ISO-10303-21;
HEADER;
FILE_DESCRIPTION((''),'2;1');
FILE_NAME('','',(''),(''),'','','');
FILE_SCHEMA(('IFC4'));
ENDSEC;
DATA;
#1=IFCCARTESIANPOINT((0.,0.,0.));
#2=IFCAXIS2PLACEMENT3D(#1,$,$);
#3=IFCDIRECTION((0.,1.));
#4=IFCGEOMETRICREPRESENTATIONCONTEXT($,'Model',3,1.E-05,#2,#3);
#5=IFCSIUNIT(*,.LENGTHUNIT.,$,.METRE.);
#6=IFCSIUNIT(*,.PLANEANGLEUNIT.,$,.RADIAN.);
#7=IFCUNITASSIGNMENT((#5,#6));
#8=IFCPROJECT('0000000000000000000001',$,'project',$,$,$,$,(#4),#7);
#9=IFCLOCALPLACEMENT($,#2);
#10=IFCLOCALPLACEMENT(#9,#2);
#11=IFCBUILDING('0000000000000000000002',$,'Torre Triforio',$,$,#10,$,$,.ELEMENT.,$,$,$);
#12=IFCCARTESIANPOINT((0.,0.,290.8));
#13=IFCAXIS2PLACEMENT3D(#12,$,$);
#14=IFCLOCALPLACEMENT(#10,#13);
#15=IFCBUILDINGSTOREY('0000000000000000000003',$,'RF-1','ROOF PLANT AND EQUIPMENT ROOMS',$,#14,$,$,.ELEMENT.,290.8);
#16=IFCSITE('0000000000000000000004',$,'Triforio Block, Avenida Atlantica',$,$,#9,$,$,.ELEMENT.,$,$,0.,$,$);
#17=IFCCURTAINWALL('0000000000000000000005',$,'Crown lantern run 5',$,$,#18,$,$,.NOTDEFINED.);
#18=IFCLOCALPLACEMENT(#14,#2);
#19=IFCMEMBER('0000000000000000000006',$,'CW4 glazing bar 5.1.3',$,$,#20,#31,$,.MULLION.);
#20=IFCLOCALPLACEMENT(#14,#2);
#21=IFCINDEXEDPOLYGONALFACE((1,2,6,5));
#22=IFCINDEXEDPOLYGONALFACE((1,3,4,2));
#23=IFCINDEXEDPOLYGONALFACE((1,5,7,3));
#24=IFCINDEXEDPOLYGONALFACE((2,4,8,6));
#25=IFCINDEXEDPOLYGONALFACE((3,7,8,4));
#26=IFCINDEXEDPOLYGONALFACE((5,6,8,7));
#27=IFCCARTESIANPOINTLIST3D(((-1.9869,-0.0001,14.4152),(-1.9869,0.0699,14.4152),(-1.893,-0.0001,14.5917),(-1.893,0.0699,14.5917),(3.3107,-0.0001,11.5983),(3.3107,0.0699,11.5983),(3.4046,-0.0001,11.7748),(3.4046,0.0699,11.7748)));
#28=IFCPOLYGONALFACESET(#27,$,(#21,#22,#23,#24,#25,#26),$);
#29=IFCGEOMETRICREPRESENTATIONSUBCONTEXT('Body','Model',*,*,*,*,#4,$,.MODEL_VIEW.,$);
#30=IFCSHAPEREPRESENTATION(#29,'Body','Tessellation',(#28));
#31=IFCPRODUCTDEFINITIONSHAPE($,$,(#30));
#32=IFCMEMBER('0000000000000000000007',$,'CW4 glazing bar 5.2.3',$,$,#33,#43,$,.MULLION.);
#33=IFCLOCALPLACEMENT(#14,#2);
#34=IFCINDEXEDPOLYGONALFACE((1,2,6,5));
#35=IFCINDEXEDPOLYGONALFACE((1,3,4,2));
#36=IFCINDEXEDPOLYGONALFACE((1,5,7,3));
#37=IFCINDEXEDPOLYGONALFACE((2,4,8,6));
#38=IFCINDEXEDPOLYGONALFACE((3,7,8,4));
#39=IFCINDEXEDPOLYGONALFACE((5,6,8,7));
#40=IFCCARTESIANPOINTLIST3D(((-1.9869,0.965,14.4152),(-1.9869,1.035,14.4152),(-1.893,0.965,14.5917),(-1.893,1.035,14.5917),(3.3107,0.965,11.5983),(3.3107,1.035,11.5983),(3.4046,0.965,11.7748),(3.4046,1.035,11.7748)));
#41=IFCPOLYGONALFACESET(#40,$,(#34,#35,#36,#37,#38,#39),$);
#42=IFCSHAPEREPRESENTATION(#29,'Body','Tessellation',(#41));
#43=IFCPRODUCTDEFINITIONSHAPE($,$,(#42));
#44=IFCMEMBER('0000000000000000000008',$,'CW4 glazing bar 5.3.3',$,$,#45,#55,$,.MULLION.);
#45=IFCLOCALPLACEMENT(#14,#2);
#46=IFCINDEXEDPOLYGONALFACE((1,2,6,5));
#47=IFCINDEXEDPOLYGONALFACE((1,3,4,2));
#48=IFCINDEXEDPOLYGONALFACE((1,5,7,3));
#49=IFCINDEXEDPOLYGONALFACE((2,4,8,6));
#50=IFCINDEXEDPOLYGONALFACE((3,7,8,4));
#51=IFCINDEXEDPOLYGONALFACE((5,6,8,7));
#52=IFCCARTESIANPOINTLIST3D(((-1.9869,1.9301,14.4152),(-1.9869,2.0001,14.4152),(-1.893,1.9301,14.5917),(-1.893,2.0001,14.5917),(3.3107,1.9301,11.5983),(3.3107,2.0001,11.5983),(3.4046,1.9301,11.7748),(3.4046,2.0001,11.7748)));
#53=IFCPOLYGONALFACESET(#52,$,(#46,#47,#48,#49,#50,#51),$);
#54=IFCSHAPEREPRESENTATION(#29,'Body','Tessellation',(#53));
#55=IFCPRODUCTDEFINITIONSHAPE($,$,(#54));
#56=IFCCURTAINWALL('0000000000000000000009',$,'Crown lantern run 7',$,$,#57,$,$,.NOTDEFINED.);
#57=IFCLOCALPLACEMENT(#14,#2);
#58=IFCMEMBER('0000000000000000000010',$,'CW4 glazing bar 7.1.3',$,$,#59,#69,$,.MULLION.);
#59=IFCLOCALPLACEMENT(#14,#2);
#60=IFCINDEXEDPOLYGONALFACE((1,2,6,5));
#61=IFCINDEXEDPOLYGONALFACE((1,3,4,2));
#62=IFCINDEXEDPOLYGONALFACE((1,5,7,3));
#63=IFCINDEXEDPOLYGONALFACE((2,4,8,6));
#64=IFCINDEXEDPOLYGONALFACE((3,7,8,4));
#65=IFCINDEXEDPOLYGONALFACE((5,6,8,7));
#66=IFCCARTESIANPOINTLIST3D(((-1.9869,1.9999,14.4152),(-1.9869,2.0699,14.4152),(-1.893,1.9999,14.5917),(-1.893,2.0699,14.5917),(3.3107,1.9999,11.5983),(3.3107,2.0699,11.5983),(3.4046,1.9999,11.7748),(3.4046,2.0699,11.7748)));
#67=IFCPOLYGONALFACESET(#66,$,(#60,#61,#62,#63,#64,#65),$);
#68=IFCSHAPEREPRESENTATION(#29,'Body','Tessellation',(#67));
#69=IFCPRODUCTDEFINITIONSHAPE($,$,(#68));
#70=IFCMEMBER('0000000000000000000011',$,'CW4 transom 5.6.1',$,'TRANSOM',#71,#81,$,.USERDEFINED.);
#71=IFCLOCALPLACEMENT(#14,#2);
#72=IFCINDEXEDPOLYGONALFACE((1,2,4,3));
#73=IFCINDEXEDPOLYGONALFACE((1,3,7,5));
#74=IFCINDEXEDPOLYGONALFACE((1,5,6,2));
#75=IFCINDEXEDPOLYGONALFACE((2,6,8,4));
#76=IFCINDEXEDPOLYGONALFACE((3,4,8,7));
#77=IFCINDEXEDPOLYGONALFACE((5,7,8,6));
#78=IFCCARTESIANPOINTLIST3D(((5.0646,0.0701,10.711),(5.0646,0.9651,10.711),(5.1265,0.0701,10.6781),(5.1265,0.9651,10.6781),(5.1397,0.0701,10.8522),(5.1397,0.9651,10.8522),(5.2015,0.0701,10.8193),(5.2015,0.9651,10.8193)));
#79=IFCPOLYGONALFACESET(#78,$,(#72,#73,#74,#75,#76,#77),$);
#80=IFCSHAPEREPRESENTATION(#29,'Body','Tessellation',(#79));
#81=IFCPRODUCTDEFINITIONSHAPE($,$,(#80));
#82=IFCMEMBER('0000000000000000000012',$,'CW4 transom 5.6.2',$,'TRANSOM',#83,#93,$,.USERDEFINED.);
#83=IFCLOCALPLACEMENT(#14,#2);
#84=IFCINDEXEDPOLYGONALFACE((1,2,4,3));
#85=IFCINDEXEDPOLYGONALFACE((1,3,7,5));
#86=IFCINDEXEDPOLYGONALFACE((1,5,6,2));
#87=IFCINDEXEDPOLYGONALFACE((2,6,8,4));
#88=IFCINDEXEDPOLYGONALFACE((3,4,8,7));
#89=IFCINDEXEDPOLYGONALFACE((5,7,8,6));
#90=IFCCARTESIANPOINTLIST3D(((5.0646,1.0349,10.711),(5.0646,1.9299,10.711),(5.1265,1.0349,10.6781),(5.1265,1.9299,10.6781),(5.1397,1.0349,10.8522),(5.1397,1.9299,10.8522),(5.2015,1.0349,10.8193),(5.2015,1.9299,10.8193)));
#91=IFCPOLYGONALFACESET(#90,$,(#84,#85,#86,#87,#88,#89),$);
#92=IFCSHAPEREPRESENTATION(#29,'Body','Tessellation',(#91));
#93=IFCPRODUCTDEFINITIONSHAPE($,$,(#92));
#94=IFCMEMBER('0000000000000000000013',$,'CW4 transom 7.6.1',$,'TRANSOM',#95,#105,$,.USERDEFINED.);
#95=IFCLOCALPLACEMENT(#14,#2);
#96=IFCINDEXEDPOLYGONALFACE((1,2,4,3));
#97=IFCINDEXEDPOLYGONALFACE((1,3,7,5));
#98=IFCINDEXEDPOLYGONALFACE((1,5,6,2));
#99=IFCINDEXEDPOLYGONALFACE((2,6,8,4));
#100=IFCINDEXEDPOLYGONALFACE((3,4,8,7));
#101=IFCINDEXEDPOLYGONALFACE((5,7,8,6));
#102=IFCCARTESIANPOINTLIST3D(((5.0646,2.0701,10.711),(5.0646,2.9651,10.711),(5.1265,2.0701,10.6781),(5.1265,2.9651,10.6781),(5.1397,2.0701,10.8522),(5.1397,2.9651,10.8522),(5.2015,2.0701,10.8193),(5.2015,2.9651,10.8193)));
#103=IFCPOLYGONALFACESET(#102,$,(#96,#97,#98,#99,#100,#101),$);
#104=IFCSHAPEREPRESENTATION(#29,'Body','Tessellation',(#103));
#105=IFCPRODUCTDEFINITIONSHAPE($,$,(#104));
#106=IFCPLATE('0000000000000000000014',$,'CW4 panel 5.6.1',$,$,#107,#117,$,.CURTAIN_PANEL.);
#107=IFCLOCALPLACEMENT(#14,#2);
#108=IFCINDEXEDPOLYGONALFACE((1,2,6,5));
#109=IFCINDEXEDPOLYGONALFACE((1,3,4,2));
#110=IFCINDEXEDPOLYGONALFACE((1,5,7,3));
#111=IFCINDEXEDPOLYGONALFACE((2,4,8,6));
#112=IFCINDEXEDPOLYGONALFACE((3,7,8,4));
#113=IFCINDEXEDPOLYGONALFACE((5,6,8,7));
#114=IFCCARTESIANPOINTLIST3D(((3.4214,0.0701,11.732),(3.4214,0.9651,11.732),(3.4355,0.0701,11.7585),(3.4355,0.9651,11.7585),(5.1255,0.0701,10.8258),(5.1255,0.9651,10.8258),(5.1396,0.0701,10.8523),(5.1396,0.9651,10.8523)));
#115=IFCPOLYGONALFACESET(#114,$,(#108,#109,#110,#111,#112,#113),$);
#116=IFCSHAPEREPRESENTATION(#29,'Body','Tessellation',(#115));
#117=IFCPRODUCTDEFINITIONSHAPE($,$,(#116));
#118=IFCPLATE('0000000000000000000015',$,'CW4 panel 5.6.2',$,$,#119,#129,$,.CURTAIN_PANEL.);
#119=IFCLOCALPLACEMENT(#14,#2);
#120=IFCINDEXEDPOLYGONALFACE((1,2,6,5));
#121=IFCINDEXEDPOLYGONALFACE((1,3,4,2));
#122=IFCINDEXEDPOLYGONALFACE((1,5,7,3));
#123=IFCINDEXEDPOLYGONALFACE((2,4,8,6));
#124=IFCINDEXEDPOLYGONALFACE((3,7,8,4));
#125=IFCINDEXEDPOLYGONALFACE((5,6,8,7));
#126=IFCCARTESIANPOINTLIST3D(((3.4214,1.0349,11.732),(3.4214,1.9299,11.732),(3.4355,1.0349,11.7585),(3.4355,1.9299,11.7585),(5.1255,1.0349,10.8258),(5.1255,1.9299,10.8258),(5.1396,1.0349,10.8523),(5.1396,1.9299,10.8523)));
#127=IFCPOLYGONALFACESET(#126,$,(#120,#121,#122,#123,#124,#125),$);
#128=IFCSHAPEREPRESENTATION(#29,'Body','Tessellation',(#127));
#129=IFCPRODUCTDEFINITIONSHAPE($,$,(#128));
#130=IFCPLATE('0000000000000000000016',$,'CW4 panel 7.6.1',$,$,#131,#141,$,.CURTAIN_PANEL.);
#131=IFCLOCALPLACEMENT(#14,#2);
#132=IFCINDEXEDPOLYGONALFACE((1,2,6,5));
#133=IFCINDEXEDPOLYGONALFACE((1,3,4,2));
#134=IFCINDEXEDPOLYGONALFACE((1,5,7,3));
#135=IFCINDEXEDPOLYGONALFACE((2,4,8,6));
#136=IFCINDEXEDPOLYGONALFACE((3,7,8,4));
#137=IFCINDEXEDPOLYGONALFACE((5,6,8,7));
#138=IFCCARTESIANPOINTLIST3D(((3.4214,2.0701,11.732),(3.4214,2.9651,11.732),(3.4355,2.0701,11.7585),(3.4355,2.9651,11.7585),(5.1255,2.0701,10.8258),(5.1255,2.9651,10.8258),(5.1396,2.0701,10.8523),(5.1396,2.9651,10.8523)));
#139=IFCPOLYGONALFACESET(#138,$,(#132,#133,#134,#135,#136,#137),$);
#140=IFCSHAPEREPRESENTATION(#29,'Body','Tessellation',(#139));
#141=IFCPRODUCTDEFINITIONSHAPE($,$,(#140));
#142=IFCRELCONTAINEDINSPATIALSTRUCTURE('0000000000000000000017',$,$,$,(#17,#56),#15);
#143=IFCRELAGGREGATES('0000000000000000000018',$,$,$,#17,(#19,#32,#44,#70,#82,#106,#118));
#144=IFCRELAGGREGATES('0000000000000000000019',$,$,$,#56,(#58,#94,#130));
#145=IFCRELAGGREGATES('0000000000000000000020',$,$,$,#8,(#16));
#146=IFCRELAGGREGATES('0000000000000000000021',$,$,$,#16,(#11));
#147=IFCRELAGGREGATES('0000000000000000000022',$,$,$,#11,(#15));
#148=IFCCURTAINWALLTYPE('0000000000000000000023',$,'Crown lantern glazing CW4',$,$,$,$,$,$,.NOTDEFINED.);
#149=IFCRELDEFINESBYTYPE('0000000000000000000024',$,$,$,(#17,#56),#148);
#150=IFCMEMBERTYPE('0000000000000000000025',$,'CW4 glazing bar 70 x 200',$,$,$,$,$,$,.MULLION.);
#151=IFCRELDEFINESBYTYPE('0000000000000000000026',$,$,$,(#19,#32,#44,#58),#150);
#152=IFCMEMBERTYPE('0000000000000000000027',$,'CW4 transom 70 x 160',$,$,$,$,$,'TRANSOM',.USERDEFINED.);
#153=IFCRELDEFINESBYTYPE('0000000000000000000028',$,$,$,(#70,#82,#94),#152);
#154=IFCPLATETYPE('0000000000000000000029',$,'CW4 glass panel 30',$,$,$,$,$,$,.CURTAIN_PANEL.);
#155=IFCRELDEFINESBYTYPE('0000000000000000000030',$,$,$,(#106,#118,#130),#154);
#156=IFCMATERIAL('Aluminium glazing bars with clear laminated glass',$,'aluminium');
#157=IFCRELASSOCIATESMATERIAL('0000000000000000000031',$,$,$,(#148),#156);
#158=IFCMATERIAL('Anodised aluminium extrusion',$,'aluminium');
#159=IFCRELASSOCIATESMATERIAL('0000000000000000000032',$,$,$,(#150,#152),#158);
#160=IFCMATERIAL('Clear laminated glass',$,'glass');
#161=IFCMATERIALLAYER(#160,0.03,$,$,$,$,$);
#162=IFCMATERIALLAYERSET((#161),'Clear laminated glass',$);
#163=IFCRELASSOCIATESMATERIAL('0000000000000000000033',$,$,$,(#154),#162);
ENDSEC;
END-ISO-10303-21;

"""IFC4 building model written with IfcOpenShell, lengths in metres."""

from ifc_helpers import new_model, si_unit, direction, frame, origin, origin_2d, place, context, subcontext, project, spatial, polyline, rectangle, outline, extrude, material, layer, layer_set, material_profile, profile_set, type_object, element, aggregate, save


model = new_model("IFC4")

# Units and contexts
model_context = context("Model", 3, precision=1e-05, world=origin(), true_north=direction((0.0, 1.0)))
body_context = subcontext(model_context, "Body", "Model", "MODEL_VIEW")
ifc_project = project(units=[si_unit("LENGTHUNIT", "METRE"), si_unit("PLANEANGLEUNIT", "RADIAN")], contexts=[model_context])

# Site, building, storey
site_placement = place(None, origin())
site = spatial("IfcSite", under=ifc_project, at=site_placement, Name="Triforio Block, Avenida Atlantica", CompositionType="ELEMENT", RefElevation=0.0)
building_placement = place(site_placement, origin())
building = spatial("IfcBuilding", under=site, at=building_placement, Name="Torre Triforio", CompositionType="ELEMENT")
storey_placement = place(building_placement, frame((0.0, 0.0, 290.8)))
storey = spatial("IfcBuildingStorey", under=building, at=storey_placement, Name="RF-1", Description="ROOF PLANT AND EQUIPMENT ROOMS", CompositionType="ELEMENT", Elevation=290.8)

# Curtain wall, members
ifc_material_1 = material(Name="Aluminium glazing bars with clear laminated glass", Category="aluminium")
curtain_wall_type = type_object("IfcCurtainWallType", Name="Crown lantern glazing CW4", PredefinedType="NOTDEFINED", material=ifc_material_1)
curtain_wall_1_placement = place(storey_placement, origin())
curtain_wall_1 = element("IfcCurtainWall", 1, at=curtain_wall_1_placement, inside=storey, type_object=curtain_wall_type, Name="Crown lantern run 5", PredefinedType="NOTDEFINED")
ifc_material_2 = material(Name="Anodised aluminium extrusion", Category="aluminium")
ifc_material_profile_1 = material_profile(ifc_material_2, rectangle(XDim=0.0701, YDim=0.2, at=origin_2d()), Name="CW4 MULLION 70x200")
ifc_profile_set_1 = profile_set([ifc_material_profile_1], Name="Anodised aluminium extrusion")
member_type_1 = type_object("IfcMemberType", Name="CW4 glazing bar 70 x 200", PredefinedType="MULLION", material=ifc_profile_set_1)
member_1_placement = place(storey_placement, frame((3.3577, 0.0349, 11.6865), z_axis=(-0.88294, 0.0, 0.469485), x_axis=(0.0, -1.0, 0.0)))
member_1 = element("IfcMember", 2, at=member_1_placement, type_object=member_type_1, Name="CW4 glazing bar 5.1.3", PredefinedType="MULLION", context=body_context, shape_type="SweptSolid", body=[
    extrude(rectangle(XDim=0.0701, YDim=0.2, at=origin_2d()), origin(), (0.0, 0.0, 1.0), 6.0),
])
member_2_placement = place(storey_placement, frame((3.3577, 1.0, 11.6865), z_axis=(-0.88294, 0.0, 0.469485), x_axis=(0.0, -1.0, 0.0)))
member_2 = element("IfcMember", 3, at=member_2_placement, type_object=member_type_1, Name="CW4 glazing bar 5.2.3", PredefinedType="MULLION", context=body_context, shape_type="SweptSolid", body=[
    extrude(rectangle(XDim=0.0701, YDim=0.2, at=origin_2d()), origin(), (0.0, 0.0, 1.0), 6.0),
])
member_3_placement = place(storey_placement, frame((3.3577, 1.9651, 11.6865), z_axis=(-0.88294, 0.0, 0.469485), x_axis=(0.0, -1.0, 0.0)))
member_3 = element("IfcMember", 4, at=member_3_placement, type_object=member_type_1, Name="CW4 glazing bar 5.3.3", PredefinedType="MULLION", context=body_context, shape_type="SweptSolid", body=[
    extrude(rectangle(XDim=0.0701, YDim=0.2, at=origin_2d()), origin(), (0.0, 0.0, 1.0), 6.0),
])

# Curtain wall, member
curtain_wall_2_placement = place(storey_placement, origin())
curtain_wall_2 = element("IfcCurtainWall", 5, at=curtain_wall_2_placement, inside=storey, type_object=curtain_wall_type, Name="Crown lantern run 7", PredefinedType="NOTDEFINED")
member_4_placement = place(storey_placement, frame((3.3577, 2.0349, 11.6865), z_axis=(-0.88294, 0.0, 0.469485), x_axis=(0.0, -1.0, 0.0)))
member_4 = element("IfcMember", 6, at=member_4_placement, type_object=member_type_1, Name="CW4 glazing bar 7.1.3", PredefinedType="MULLION", context=body_context, shape_type="SweptSolid", body=[
    extrude(rectangle(XDim=0.0701, YDim=0.2, at=origin_2d()), origin(), (0.0, 0.0, 1.0), 6.0),
])

# Members
ifc_material_profile_2 = material_profile(ifc_material_2, rectangle(XDim=0.0701, YDim=0.1599, at=origin_2d()), Name="CW4 TRANSOM 70x160")
ifc_profile_set_2 = profile_set([ifc_material_profile_2], Name="Anodised aluminium extrusion")
member_type_2 = type_object("IfcMemberType", Name="CW4 transom 70 x 160", ElementType="TRANSOM", PredefinedType="USERDEFINED", material=ifc_profile_set_2)
member_5_placement = place(storey_placement, frame((5.1331, 0.0701, 10.7651), z_axis=(0.0, 1.0, 0.0), x_axis=(-0.882948, 0.0, 0.469472)))
member_5 = element("IfcMember", 7, at=member_5_placement, type_object=member_type_2, Name="CW4 transom 5.6.1", ObjectType="TRANSOM", PredefinedType="USERDEFINED", context=body_context, shape_type="SweptSolid", body=[
    extrude(rectangle(XDim=0.0701, YDim=0.1599, at=origin_2d()), origin(), (0.0, 0.0, 1.0), 0.895),
])
member_6_placement = place(storey_placement, frame((5.1331, 1.0349, 10.7651), z_axis=(0.0, 1.0, 0.0), x_axis=(-0.882948, 0.0, 0.469472)))
member_6 = element("IfcMember", 8, at=member_6_placement, type_object=member_type_2, Name="CW4 transom 5.6.2", ObjectType="TRANSOM", PredefinedType="USERDEFINED", context=body_context, shape_type="SweptSolid", body=[
    extrude(rectangle(XDim=0.0701, YDim=0.1599, at=origin_2d()), origin(), (0.0, 0.0, 1.0), 0.895),
])
member_7_placement = place(storey_placement, frame((5.1331, 2.0701, 10.7651), z_axis=(0.0, 1.0, 0.0), x_axis=(-0.882948, 0.0, 0.469472)))
member_7 = element("IfcMember", 9, at=member_7_placement, type_object=member_type_2, Name="CW4 transom 7.6.1", ObjectType="TRANSOM", PredefinedType="USERDEFINED", context=body_context, shape_type="SweptSolid", body=[
    extrude(rectangle(XDim=0.0701, YDim=0.1599, at=origin_2d()), origin(), (0.0, 0.0, 1.0), 0.895),
])

# Plates
ifc_material_3 = material(Name="Clear laminated glass", Category="glass")
ifc_layer_1 = layer(ifc_material_3, 0.03)
ifc_layer_set_1 = layer_set([ifc_layer_1], Name="Clear laminated glass")
plate_type = type_object("IfcPlateType", Name="CW4 glass panel 30", PredefinedType="CURTAIN_PANEL", material=ifc_layer_set_1)
plate_1_placement = place(storey_placement, frame((5.1396, 0.0701, 10.8523), z_axis=(0.469537, 0.0, 0.882913), x_axis=(0.0, 1.0, 0.0)))
plate_1 = element("IfcPlate", 10, at=plate_1_placement, type_object=plate_type, Name="CW4 panel 5.6.1", PredefinedType="CURTAIN_PANEL", context=body_context, shape_type="SweptSolid", body=[
    extrude(outline(polyline([(0.0, 0.0), (0.895, 0.0), (0.895, 1.9301), (0.0, 1.9301), (0.0, 0.0)])), origin(), (0.0, 0.0, -1.0), 0.03),
])
plate_2_placement = place(storey_placement, frame((5.1396, 1.0349, 10.8523), z_axis=(0.469537, 0.0, 0.882913), x_axis=(0.0, 1.0, 0.0)))
plate_2 = element("IfcPlate", 11, at=plate_2_placement, type_object=plate_type, Name="CW4 panel 5.6.2", PredefinedType="CURTAIN_PANEL", context=body_context, shape_type="SweptSolid", body=[
    extrude(outline(polyline([(0.0, 0.0), (0.895, 0.0), (0.895, 1.9301), (0.0, 1.9301), (0.0, 0.0)])), origin(), (0.0, 0.0, -1.0), 0.03),
])
aggregate(curtain_wall_1, [member_1, member_2, member_3, member_5, member_6, plate_1, plate_2])
plate_3_placement = place(storey_placement, frame((5.1396, 2.0701, 10.8523), z_axis=(0.469537, 0.0, 0.882913), x_axis=(0.0, 1.0, 0.0)))
plate_3 = element("IfcPlate", 12, at=plate_3_placement, type_object=plate_type, Name="CW4 panel 7.6.1", PredefinedType="CURTAIN_PANEL", context=body_context, shape_type="SweptSolid", body=[
    extrude(outline(polyline([(0.0, 0.0), (0.895, 0.0), (0.895, 1.9301), (0.0, 1.9301), (0.0, 0.0)])), origin(), (0.0, 0.0, -1.0), 0.03),
])
aggregate(curtain_wall_2, [member_4, member_7, plate_3])

save(model, "model.ifc")
